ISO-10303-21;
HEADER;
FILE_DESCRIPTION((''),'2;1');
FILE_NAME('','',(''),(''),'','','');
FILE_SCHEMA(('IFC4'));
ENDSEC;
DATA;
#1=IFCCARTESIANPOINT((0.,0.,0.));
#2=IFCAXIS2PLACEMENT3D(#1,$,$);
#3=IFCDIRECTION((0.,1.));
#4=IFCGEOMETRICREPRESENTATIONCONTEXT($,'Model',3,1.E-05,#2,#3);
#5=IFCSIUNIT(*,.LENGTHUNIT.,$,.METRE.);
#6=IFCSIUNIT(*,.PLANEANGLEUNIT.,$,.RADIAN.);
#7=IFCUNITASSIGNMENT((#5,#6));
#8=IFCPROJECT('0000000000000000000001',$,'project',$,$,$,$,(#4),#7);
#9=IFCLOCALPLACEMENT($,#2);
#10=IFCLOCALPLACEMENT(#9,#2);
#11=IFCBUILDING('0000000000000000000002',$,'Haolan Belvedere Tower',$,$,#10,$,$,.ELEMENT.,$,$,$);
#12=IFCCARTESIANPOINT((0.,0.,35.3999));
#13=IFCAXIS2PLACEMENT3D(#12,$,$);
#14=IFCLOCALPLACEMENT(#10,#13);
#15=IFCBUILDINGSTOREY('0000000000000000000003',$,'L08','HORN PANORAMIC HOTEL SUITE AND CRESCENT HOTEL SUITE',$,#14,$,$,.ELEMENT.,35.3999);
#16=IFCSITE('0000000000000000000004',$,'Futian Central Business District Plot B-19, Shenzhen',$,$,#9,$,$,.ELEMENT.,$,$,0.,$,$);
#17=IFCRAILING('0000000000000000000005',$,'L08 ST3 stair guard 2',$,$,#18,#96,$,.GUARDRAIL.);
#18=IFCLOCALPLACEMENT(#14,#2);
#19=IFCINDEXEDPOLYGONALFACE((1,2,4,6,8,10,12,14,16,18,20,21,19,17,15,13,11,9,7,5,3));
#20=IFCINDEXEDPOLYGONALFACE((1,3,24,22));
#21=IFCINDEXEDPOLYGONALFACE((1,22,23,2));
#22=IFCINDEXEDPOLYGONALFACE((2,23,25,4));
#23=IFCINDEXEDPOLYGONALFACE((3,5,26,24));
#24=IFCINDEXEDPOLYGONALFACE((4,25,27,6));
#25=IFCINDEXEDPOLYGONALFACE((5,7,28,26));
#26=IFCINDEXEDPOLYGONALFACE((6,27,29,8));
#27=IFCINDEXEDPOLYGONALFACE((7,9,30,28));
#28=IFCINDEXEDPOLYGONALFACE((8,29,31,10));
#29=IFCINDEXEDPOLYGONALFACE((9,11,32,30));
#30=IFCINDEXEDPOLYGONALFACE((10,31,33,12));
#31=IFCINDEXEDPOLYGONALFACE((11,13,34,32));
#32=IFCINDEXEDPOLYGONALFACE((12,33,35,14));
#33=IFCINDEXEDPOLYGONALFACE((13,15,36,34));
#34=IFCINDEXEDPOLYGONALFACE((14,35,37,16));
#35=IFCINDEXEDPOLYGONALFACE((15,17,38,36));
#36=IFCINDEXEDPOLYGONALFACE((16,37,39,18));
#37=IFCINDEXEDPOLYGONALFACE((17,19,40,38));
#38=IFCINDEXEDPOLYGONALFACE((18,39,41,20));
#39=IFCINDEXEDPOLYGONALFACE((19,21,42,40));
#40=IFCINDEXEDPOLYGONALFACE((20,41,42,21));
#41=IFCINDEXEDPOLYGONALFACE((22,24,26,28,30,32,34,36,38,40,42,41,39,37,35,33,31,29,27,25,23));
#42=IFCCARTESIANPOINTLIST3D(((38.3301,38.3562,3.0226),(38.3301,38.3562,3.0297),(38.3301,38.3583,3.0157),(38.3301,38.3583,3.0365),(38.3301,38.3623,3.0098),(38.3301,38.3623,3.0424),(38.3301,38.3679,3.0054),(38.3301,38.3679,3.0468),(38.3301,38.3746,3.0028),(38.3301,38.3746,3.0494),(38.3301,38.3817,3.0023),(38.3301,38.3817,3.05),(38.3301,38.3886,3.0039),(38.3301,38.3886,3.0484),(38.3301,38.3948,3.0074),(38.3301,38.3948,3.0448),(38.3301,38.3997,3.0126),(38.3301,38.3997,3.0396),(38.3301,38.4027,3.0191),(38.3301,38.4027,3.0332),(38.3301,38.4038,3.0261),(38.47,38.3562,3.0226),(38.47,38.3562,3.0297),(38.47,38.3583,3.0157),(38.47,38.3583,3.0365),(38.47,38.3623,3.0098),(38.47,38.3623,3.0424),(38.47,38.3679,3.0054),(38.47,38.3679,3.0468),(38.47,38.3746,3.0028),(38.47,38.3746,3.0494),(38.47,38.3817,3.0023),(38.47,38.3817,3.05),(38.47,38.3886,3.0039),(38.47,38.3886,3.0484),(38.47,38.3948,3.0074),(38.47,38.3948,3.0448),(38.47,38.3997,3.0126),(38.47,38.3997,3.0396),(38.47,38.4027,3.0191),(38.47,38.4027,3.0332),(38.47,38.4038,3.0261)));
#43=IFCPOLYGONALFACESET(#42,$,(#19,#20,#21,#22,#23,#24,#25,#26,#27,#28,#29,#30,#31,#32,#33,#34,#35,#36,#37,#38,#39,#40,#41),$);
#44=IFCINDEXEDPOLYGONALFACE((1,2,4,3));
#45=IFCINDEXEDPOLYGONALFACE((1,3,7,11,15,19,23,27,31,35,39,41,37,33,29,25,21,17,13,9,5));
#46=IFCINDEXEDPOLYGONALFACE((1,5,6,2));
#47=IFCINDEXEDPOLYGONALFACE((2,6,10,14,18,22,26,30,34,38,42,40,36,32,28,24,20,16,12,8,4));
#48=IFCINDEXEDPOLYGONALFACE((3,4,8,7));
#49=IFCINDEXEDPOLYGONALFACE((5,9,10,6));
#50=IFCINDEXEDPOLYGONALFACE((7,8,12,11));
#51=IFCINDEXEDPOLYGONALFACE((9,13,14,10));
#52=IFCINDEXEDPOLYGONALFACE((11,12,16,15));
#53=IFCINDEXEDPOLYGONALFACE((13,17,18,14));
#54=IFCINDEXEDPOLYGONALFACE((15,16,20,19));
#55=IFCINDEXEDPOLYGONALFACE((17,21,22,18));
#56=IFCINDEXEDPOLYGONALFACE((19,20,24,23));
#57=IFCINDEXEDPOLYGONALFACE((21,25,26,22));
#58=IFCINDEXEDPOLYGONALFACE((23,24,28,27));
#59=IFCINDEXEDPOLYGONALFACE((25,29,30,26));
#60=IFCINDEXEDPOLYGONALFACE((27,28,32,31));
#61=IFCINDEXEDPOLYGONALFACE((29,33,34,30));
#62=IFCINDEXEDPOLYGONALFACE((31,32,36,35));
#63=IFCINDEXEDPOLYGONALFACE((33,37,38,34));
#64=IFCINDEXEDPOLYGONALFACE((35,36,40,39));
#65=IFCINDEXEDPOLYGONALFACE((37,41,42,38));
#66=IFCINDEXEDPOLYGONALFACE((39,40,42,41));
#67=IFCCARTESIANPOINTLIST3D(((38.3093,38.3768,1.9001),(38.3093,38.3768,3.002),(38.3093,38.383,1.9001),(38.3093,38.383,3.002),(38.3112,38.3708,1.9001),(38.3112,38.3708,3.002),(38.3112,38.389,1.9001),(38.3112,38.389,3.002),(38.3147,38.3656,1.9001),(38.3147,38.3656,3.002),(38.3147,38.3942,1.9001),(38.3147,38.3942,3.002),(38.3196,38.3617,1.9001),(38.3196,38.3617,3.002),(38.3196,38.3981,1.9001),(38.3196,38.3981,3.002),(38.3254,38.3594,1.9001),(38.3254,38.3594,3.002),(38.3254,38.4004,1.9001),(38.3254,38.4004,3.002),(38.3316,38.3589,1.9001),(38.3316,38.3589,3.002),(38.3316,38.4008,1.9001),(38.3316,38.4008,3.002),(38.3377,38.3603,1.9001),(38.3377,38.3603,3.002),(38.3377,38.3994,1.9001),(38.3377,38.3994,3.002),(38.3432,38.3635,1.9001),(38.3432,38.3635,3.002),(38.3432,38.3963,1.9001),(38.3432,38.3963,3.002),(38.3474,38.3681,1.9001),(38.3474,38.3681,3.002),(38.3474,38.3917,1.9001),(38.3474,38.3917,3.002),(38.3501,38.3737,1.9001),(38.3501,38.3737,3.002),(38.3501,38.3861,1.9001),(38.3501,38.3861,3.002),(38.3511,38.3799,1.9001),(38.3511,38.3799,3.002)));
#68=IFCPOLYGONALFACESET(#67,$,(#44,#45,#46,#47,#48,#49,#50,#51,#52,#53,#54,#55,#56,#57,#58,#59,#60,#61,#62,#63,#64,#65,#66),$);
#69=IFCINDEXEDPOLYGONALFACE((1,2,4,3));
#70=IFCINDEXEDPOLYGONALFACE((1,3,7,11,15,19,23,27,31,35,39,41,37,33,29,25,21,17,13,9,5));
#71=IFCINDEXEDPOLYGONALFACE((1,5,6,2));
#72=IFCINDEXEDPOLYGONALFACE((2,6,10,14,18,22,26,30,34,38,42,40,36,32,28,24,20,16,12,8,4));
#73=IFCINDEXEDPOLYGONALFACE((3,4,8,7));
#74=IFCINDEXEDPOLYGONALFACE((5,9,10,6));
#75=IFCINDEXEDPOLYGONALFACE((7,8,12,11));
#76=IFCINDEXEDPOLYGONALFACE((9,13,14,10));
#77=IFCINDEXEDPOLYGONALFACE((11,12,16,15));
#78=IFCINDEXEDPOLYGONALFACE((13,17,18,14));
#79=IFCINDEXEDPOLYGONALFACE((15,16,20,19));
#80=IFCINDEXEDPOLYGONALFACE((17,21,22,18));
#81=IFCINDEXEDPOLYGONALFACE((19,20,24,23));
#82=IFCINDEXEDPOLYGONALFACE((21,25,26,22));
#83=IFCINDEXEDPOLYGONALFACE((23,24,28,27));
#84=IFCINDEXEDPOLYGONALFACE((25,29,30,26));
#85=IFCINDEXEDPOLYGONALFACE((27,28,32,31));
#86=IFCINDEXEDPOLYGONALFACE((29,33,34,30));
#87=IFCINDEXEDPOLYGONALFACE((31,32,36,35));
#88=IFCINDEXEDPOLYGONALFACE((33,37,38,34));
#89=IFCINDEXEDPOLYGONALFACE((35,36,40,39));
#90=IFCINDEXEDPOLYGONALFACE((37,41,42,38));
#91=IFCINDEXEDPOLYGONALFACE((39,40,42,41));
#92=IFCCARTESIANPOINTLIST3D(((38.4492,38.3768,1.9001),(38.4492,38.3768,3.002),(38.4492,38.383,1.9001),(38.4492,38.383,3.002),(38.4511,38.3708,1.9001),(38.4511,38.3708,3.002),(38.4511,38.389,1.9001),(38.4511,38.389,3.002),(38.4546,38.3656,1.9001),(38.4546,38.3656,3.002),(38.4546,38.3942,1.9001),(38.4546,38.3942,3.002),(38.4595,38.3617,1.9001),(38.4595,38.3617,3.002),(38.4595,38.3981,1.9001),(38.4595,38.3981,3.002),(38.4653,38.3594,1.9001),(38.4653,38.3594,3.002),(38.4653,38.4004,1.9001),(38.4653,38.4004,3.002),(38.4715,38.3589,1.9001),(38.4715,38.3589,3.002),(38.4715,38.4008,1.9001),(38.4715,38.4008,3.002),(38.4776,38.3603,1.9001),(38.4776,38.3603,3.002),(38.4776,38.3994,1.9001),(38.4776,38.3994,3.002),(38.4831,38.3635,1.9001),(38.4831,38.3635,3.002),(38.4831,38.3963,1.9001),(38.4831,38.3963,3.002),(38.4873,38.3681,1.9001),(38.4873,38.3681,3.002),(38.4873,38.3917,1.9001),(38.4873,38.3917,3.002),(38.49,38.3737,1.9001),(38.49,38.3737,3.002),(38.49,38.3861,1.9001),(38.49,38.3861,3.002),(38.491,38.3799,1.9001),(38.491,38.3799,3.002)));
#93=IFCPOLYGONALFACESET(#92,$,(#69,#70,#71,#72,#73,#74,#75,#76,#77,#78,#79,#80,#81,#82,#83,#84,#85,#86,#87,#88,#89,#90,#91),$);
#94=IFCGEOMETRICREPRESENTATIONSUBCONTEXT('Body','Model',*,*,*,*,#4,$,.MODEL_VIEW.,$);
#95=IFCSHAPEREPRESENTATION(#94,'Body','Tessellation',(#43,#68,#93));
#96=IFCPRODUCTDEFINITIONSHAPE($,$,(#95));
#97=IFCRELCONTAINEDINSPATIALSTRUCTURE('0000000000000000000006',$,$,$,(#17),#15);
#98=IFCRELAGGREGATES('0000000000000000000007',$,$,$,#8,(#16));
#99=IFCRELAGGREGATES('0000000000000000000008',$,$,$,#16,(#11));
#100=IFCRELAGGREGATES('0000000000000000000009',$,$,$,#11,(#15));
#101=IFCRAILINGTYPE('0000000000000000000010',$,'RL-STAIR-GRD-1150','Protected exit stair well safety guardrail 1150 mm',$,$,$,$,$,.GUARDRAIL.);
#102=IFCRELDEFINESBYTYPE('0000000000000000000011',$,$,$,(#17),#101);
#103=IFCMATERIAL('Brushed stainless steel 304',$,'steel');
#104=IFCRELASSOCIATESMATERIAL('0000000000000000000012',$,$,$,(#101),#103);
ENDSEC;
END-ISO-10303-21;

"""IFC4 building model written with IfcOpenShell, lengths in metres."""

from ifc_helpers import new_model, si_unit, direction, frame, origin, origin_2d, place, context, subcontext, project, spatial, circle, extrude, material, type_object, element, save


model = new_model("IFC4")

# Units and contexts
model_context = context("Model", 3, precision=1e-05, world=origin(), true_north=direction((0.0, 1.0)))
body_context = subcontext(model_context, "Body", "Model", "MODEL_VIEW")
ifc_project = project(units=[si_unit("LENGTHUNIT", "METRE"), si_unit("PLANEANGLEUNIT", "RADIAN")], contexts=[model_context])

# Site, building, storey
site_placement = place(None, origin())
site = spatial("IfcSite", under=ifc_project, at=site_placement, Name="Futian Central Business District Plot B-19, Shenzhen", CompositionType="ELEMENT", RefElevation=0.0)
building_placement = place(site_placement, origin())
building = spatial("IfcBuilding", under=site, at=building_placement, Name="Haolan Belvedere Tower", CompositionType="ELEMENT")
storey_placement = place(building_placement, frame((0.0, 0.0, 35.3999)))
storey = spatial("IfcBuildingStorey", under=building, at=storey_placement, Name="L08", Description="HORN PANORAMIC HOTEL SUITE AND CRESCENT HOTEL SUITE", CompositionType="ELEMENT", Elevation=35.3999)

# Railing
ifc_material_1 = material(Name="Brushed stainless steel 304", Category="steel")
railing_type_1 = type_object("IfcRailingType", Name="RL-STAIR-GRD-1150", Description="Protected exit stair well safety guardrail 1150 mm", PredefinedType="GUARDRAIL", material=ifc_material_1)
railing_1_placement = place(storey_placement, frame((38.3301, 38.3799, 1.9001)))
element("IfcRailing", 1, at=railing_1_placement, inside=storey, type_object=railing_type_1, Name="L08 ST3 stair guard 2", PredefinedType="GUARDRAIL", context=body_context, shape_type="SweptSolid", body=[
    extrude(circle(Radius=0.0239, at=origin_2d()), frame((0.0, 0.0, 1.126), z_axis=(1.0, 0.0, 0.0), x_axis=(0.0, 1.0, 0.0)), (0.0, 0.0, 1.0), 0.1399),
    extrude(circle(Radius=0.021, at=origin_2d()), origin(), (0.0, 0.0, 1.0), 1.1018),
    extrude(circle(Radius=0.021, at=origin_2d()), frame((0.1399, 0.0, 0.0)), (0.0, 0.0, 1.0), 1.1018),
])

save(model, "model.ifc")
